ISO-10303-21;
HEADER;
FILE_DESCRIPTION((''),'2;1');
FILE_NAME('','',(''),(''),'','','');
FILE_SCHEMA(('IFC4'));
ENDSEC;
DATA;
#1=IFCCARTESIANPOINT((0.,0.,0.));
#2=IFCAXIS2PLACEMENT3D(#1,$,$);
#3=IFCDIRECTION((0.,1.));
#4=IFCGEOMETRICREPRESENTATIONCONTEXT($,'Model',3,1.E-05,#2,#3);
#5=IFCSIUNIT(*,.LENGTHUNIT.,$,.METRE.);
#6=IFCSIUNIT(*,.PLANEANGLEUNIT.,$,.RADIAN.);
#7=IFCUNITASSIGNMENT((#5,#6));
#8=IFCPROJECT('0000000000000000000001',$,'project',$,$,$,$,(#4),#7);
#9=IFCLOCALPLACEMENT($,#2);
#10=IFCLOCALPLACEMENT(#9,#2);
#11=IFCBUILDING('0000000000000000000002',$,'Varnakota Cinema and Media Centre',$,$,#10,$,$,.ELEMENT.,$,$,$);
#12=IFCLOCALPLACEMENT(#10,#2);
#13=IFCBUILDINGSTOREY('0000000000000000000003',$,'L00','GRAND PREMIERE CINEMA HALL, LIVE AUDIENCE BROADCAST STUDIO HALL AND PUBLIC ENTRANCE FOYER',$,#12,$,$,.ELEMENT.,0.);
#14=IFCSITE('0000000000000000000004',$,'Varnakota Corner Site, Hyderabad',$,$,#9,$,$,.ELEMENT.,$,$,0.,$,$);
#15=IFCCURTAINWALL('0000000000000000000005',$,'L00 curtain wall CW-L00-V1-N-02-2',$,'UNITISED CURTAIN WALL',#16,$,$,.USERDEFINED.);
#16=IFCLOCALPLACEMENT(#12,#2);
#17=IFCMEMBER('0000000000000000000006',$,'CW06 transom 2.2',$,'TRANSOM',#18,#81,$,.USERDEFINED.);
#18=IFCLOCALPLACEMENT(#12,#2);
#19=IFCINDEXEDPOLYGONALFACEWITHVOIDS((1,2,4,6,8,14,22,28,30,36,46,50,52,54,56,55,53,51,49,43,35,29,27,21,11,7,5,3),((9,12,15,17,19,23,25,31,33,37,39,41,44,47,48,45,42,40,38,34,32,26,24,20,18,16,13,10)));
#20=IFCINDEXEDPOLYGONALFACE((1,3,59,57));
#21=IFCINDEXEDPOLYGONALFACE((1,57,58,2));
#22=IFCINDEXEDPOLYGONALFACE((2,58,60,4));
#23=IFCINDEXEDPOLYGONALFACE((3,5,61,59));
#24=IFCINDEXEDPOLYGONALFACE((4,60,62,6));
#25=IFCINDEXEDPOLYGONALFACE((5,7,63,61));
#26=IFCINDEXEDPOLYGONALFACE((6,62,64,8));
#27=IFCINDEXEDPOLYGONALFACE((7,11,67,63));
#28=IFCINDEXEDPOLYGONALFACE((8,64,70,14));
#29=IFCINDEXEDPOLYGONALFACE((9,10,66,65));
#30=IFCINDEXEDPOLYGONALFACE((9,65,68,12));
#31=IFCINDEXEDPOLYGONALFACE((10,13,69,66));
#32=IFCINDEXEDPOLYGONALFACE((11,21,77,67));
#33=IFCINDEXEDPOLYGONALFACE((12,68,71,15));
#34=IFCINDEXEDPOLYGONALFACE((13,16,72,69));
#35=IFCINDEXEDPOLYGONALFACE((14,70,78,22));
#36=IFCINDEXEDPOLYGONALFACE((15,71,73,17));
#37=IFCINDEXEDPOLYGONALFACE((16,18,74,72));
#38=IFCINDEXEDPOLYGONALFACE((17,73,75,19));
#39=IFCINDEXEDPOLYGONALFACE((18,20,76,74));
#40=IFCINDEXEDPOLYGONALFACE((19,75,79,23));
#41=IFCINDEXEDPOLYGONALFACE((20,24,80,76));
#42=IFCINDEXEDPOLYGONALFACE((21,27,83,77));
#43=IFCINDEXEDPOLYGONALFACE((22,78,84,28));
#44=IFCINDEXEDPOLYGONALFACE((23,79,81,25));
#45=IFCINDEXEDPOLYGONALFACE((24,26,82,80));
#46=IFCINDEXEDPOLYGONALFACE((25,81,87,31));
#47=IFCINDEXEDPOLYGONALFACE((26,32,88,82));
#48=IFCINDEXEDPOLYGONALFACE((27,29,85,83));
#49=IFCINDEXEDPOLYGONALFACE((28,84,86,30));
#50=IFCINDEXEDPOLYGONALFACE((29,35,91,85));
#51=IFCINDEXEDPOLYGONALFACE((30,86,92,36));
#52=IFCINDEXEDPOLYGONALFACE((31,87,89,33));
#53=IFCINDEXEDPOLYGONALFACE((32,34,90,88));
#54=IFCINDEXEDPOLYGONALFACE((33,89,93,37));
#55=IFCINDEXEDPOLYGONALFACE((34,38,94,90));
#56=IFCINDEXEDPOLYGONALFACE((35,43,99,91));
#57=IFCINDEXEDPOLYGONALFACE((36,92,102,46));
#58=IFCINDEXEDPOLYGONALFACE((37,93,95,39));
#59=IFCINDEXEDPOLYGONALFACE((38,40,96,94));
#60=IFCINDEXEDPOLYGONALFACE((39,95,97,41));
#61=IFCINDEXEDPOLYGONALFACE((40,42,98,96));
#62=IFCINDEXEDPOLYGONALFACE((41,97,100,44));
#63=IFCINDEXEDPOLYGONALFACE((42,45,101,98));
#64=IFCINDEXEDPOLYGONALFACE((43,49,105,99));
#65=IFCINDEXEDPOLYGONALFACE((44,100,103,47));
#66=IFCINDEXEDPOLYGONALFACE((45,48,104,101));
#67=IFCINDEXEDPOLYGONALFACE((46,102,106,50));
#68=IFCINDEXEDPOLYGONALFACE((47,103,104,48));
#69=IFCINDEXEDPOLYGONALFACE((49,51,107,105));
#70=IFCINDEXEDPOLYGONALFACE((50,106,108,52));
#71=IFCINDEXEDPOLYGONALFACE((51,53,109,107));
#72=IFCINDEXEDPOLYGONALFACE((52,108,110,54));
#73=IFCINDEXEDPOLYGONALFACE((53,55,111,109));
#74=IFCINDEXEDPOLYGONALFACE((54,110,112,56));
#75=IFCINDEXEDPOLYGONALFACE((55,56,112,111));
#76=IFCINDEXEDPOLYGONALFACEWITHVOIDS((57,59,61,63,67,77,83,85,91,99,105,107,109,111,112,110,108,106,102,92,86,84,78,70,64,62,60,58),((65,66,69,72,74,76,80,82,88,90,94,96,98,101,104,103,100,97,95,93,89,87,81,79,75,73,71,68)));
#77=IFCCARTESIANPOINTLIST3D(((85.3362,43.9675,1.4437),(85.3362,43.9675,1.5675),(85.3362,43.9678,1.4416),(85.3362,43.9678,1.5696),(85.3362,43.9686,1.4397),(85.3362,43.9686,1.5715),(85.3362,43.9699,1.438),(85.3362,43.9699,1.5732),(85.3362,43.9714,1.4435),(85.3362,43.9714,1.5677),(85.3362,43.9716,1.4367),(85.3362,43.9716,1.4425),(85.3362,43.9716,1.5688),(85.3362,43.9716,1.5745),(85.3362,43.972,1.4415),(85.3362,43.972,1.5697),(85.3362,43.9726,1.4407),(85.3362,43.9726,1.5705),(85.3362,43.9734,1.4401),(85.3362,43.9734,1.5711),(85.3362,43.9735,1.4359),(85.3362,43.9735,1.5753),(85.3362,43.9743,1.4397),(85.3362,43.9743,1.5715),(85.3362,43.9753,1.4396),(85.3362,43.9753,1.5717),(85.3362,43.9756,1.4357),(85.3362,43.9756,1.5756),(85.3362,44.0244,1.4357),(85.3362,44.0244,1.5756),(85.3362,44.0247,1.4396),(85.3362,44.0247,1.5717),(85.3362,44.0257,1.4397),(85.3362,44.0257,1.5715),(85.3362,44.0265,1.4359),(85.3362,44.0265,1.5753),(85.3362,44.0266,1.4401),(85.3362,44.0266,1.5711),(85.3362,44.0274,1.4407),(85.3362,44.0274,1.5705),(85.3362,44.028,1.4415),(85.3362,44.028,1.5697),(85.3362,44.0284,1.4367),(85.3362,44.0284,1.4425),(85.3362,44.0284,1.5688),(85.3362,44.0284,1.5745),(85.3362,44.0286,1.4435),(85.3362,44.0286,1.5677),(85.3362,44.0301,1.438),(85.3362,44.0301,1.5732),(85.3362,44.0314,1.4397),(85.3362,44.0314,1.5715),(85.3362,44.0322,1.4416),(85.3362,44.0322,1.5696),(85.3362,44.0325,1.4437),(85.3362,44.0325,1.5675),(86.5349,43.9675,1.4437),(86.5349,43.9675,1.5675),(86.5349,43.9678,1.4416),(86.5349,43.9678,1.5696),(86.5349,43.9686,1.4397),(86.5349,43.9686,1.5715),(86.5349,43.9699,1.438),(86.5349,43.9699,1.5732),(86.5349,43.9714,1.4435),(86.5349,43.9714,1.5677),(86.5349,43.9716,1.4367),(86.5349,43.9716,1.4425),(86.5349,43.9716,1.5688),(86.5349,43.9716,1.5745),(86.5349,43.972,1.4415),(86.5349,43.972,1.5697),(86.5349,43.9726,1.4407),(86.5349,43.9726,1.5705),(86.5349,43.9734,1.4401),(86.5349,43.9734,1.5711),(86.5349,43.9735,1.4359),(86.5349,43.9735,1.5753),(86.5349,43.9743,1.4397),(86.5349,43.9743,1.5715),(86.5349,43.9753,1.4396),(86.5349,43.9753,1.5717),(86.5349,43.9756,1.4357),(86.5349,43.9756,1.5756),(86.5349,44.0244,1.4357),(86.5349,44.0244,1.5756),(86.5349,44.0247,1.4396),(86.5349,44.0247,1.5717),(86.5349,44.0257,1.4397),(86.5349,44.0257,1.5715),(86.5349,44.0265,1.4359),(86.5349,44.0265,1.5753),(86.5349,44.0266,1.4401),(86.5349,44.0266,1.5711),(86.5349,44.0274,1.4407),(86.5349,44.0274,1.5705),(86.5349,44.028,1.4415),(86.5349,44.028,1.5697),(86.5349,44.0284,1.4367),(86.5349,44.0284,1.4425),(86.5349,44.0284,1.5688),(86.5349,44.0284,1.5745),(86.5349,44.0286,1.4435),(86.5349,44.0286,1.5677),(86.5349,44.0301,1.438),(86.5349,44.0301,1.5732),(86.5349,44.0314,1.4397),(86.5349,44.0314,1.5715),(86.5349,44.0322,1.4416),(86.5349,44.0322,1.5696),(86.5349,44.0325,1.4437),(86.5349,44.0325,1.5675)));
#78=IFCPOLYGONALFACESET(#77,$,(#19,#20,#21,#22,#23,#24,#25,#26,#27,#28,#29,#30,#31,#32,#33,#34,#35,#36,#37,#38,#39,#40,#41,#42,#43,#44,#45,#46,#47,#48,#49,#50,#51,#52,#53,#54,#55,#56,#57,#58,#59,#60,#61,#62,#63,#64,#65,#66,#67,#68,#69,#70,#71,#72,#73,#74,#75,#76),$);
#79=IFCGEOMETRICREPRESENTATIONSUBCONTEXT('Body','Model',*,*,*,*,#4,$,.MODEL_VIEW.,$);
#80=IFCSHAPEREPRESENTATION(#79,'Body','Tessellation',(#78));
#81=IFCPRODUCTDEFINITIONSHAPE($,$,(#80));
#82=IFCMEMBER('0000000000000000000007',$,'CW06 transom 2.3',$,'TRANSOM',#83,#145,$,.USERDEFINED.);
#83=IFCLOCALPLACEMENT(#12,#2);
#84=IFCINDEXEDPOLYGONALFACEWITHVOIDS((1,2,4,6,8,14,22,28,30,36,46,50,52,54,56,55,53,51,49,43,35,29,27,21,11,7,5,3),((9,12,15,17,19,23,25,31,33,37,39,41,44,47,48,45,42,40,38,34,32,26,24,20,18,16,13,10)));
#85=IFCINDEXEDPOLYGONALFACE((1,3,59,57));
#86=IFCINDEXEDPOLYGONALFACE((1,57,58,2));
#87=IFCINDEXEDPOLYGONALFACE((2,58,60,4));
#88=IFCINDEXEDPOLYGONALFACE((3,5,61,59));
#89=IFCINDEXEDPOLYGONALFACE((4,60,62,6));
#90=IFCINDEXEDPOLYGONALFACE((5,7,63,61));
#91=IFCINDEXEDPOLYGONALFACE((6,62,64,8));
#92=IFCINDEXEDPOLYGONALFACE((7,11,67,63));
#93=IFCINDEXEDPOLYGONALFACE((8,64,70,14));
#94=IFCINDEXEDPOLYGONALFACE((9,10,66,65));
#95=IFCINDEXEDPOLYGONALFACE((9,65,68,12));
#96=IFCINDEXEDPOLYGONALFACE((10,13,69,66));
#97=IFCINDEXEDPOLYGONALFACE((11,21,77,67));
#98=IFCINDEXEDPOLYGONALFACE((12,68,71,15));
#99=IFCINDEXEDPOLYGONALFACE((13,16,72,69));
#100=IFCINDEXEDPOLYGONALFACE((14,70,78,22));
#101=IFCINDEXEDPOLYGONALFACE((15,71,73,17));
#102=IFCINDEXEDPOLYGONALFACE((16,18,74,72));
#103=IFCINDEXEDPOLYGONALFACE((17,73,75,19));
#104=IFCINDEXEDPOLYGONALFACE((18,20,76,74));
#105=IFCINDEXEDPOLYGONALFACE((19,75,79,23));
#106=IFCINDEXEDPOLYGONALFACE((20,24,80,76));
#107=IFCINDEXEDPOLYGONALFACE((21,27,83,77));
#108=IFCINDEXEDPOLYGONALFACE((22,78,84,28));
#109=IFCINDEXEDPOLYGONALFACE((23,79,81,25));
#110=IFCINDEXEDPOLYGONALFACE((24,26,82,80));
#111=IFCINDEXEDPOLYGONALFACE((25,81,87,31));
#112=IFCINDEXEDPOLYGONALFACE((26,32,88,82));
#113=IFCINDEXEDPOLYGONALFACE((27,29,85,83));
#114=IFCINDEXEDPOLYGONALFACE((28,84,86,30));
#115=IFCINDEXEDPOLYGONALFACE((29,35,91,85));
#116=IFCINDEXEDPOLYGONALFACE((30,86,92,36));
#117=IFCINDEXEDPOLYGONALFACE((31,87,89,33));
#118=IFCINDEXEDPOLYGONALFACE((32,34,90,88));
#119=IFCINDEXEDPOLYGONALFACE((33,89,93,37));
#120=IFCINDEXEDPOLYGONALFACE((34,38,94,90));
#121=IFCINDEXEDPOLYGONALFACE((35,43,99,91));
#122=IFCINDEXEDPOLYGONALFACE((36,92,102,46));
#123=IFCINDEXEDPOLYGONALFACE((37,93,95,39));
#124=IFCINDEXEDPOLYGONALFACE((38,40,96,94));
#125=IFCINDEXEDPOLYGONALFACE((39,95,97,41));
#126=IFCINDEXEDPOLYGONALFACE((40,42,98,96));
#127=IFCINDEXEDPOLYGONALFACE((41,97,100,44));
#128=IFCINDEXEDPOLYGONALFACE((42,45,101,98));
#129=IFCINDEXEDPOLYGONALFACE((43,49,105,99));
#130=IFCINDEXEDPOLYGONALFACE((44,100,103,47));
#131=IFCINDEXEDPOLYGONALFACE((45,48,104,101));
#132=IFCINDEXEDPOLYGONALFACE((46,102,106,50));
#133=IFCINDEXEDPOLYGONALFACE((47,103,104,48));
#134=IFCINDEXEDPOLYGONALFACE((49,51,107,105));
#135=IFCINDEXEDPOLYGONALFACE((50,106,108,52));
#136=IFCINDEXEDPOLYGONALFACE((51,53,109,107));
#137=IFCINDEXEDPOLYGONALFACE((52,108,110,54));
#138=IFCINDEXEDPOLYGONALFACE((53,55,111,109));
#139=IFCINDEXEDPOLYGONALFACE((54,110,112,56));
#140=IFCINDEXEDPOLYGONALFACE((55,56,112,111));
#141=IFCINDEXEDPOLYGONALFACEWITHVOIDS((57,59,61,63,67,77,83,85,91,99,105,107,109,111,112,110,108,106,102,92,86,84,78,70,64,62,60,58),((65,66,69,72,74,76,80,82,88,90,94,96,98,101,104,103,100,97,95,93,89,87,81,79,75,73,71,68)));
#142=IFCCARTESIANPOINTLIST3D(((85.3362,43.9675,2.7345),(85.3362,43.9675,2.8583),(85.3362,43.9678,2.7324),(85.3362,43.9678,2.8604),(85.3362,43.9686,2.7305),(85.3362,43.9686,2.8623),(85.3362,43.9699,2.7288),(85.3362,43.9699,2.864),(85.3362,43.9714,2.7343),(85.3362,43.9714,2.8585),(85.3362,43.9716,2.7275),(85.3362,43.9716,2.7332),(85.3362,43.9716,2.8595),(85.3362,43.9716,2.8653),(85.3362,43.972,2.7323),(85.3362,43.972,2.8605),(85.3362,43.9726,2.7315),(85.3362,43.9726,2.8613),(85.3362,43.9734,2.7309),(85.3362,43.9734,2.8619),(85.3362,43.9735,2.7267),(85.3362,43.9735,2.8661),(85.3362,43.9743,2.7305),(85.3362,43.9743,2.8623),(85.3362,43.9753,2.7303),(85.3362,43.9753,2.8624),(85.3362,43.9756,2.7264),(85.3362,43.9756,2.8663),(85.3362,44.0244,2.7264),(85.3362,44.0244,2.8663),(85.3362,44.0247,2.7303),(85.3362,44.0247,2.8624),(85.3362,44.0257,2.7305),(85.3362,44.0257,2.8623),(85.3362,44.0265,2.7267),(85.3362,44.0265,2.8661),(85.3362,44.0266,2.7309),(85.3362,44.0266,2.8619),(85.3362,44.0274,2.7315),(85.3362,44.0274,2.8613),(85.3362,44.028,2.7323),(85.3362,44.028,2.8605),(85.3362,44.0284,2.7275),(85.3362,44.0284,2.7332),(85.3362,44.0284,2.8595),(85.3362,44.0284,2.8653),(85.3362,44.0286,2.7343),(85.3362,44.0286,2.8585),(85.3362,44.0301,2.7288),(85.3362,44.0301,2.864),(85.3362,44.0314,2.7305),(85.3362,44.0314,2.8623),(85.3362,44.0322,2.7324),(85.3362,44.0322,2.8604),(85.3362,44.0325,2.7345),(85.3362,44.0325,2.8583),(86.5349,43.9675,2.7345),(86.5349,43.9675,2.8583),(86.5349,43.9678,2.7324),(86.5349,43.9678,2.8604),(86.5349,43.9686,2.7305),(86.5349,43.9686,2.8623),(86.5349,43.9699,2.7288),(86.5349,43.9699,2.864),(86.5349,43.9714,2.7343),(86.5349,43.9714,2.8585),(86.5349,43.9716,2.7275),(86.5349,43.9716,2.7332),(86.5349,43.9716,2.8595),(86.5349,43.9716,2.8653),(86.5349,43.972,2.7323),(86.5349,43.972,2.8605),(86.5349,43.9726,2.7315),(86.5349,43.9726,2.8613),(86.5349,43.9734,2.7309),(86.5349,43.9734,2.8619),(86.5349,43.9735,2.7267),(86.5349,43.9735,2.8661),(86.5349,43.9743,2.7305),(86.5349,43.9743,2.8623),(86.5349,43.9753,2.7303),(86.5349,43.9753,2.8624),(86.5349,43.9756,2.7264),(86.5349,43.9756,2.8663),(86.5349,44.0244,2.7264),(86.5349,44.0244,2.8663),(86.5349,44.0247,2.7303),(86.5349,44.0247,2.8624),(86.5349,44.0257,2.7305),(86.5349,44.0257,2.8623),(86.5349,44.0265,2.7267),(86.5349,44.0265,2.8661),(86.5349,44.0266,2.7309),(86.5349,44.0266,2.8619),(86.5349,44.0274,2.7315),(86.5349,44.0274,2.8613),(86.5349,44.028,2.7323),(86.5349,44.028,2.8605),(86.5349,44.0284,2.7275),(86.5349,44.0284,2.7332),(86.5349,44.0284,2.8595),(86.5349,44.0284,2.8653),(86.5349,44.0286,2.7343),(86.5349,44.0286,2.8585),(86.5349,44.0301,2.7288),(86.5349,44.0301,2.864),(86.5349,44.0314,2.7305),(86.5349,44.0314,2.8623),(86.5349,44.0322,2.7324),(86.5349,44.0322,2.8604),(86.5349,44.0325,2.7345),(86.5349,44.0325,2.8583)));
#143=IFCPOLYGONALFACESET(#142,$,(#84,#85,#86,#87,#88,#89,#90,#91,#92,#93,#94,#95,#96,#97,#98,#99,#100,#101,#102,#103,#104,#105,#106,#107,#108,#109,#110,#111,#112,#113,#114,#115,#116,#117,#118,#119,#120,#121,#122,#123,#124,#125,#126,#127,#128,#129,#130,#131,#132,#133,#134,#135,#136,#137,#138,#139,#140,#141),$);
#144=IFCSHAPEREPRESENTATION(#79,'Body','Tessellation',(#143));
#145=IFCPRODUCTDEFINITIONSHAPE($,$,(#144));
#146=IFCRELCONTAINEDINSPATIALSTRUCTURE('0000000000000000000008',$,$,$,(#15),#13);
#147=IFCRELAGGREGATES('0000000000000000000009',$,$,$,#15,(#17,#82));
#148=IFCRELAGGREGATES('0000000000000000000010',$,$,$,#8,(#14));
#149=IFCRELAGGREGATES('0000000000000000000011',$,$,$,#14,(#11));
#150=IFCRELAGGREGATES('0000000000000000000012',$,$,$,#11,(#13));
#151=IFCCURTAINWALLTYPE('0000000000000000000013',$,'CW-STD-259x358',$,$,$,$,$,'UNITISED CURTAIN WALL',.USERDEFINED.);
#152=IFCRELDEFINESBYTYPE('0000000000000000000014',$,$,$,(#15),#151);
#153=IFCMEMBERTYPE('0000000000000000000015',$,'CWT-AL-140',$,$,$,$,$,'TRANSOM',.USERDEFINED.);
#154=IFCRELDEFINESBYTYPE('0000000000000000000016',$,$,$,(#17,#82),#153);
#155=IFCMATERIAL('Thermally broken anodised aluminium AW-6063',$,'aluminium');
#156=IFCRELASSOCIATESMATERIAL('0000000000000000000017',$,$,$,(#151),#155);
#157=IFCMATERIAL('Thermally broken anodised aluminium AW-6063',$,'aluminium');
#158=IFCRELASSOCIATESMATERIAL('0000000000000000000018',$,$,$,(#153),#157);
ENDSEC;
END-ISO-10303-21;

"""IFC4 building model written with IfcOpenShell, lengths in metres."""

from ifc_helpers import new_model, si_unit, direction, frame, origin, origin_2d, place, context, subcontext, project, spatial, hollow_rectangle, extrude, material, material_profile, profile_set, type_object, element, aggregate, save


model = new_model("IFC4")

# Units and contexts
model_context = context("Model", 3, precision=1e-05, world=origin(), true_north=direction((0.0, 1.0)))
body_context = subcontext(model_context, "Body", "Model", "MODEL_VIEW")
ifc_project = project(units=[si_unit("LENGTHUNIT", "METRE"), si_unit("PLANEANGLEUNIT", "RADIAN")], contexts=[model_context])

# Site, building, storey
site_placement = place(None, origin())
site = spatial("IfcSite", under=ifc_project, at=site_placement, Name="Varnakota Corner Site, Hyderabad", CompositionType="ELEMENT", RefElevation=0.0)
building_placement = place(site_placement, origin())
building = spatial("IfcBuilding", under=site, at=building_placement, Name="Varnakota Cinema and Media Centre", CompositionType="ELEMENT")
storey_placement = place(building_placement, origin())
storey = spatial("IfcBuildingStorey", under=building, at=storey_placement, Name="L00", Description="GRAND PREMIERE CINEMA HALL, LIVE AUDIENCE BROADCAST STUDIO HALL AND PUBLIC ENTRANCE FOYER", CompositionType="ELEMENT", Elevation=0.0)

# Curtain wall
ifc_material_1 = material(Name="Thermally broken anodised aluminium AW-6063", Category="aluminium")
curtain_wall_type = type_object("IfcCurtainWallType", Name="CW-STD-259x358", ElementType="UNITISED CURTAIN WALL", PredefinedType="USERDEFINED", material=ifc_material_1)
curtain_wall_1_placement = place(storey_placement, origin())
curtain_wall_1 = element("IfcCurtainWall", 1, at=curtain_wall_1_placement, inside=storey, type_object=curtain_wall_type, Name="L00 curtain wall CW-L00-V1-N-02-2", ObjectType="UNITISED CURTAIN WALL", PredefinedType="USERDEFINED")

# Members
ifc_material_2 = material(Name="Thermally broken anodised aluminium AW-6063", Category="aluminium")
ifc_material_profile_1 = material_profile(ifc_material_2, hollow_rectangle(XDim=0.0649, YDim=0.1399, WallThickness=0.0039, InnerFilletRadius=0.0039, OuterFilletRadius=0.0081, at=origin_2d()), Name="AL-TRANSOM 140x65x4")
ifc_profile_set_1 = profile_set([ifc_material_profile_1], Name="Thermally broken anodised aluminium AW-6063")
member_type_1 = type_object("IfcMemberType", Name="CWT-AL-140", ElementType="TRANSOM", PredefinedType="USERDEFINED", material=ifc_profile_set_1)
member_1_placement = place(storey_placement, frame((85.3362, 44.0, 1.5056), z_axis=(1.0, 0.0, 0.0), x_axis=(0.0, 1.0, 0.0)))
member_1 = element("IfcMember", 2, at=member_1_placement, type_object=member_type_1, Name="CW06 transom 2.2", ObjectType="TRANSOM", PredefinedType="USERDEFINED", context=body_context, shape_type="SweptSolid", body=[
    extrude(hollow_rectangle(XDim=0.0649, YDim=0.1399, WallThickness=0.0039, InnerFilletRadius=0.0039, OuterFilletRadius=0.0081, at=origin_2d()), origin(), (0.0, 0.0, 1.0), 1.1987),
])
member_2_placement = place(storey_placement, frame((85.3362, 44.0, 2.7964), z_axis=(1.0, 0.0, 0.0), x_axis=(0.0, 1.0, 0.0)))
member_2 = element("IfcMember", 3, at=member_2_placement, type_object=member_type_1, Name="CW06 transom 2.3", ObjectType="TRANSOM", PredefinedType="USERDEFINED", context=body_context, shape_type="SweptSolid", body=[
    extrude(hollow_rectangle(XDim=0.0649, YDim=0.1399, WallThickness=0.0039, InnerFilletRadius=0.0039, OuterFilletRadius=0.0081, at=origin_2d()), origin(), (0.0, 0.0, 1.0), 1.1987),
])

aggregate(curtain_wall_1, [member_1, member_2])

save(model, "model.ifc")
